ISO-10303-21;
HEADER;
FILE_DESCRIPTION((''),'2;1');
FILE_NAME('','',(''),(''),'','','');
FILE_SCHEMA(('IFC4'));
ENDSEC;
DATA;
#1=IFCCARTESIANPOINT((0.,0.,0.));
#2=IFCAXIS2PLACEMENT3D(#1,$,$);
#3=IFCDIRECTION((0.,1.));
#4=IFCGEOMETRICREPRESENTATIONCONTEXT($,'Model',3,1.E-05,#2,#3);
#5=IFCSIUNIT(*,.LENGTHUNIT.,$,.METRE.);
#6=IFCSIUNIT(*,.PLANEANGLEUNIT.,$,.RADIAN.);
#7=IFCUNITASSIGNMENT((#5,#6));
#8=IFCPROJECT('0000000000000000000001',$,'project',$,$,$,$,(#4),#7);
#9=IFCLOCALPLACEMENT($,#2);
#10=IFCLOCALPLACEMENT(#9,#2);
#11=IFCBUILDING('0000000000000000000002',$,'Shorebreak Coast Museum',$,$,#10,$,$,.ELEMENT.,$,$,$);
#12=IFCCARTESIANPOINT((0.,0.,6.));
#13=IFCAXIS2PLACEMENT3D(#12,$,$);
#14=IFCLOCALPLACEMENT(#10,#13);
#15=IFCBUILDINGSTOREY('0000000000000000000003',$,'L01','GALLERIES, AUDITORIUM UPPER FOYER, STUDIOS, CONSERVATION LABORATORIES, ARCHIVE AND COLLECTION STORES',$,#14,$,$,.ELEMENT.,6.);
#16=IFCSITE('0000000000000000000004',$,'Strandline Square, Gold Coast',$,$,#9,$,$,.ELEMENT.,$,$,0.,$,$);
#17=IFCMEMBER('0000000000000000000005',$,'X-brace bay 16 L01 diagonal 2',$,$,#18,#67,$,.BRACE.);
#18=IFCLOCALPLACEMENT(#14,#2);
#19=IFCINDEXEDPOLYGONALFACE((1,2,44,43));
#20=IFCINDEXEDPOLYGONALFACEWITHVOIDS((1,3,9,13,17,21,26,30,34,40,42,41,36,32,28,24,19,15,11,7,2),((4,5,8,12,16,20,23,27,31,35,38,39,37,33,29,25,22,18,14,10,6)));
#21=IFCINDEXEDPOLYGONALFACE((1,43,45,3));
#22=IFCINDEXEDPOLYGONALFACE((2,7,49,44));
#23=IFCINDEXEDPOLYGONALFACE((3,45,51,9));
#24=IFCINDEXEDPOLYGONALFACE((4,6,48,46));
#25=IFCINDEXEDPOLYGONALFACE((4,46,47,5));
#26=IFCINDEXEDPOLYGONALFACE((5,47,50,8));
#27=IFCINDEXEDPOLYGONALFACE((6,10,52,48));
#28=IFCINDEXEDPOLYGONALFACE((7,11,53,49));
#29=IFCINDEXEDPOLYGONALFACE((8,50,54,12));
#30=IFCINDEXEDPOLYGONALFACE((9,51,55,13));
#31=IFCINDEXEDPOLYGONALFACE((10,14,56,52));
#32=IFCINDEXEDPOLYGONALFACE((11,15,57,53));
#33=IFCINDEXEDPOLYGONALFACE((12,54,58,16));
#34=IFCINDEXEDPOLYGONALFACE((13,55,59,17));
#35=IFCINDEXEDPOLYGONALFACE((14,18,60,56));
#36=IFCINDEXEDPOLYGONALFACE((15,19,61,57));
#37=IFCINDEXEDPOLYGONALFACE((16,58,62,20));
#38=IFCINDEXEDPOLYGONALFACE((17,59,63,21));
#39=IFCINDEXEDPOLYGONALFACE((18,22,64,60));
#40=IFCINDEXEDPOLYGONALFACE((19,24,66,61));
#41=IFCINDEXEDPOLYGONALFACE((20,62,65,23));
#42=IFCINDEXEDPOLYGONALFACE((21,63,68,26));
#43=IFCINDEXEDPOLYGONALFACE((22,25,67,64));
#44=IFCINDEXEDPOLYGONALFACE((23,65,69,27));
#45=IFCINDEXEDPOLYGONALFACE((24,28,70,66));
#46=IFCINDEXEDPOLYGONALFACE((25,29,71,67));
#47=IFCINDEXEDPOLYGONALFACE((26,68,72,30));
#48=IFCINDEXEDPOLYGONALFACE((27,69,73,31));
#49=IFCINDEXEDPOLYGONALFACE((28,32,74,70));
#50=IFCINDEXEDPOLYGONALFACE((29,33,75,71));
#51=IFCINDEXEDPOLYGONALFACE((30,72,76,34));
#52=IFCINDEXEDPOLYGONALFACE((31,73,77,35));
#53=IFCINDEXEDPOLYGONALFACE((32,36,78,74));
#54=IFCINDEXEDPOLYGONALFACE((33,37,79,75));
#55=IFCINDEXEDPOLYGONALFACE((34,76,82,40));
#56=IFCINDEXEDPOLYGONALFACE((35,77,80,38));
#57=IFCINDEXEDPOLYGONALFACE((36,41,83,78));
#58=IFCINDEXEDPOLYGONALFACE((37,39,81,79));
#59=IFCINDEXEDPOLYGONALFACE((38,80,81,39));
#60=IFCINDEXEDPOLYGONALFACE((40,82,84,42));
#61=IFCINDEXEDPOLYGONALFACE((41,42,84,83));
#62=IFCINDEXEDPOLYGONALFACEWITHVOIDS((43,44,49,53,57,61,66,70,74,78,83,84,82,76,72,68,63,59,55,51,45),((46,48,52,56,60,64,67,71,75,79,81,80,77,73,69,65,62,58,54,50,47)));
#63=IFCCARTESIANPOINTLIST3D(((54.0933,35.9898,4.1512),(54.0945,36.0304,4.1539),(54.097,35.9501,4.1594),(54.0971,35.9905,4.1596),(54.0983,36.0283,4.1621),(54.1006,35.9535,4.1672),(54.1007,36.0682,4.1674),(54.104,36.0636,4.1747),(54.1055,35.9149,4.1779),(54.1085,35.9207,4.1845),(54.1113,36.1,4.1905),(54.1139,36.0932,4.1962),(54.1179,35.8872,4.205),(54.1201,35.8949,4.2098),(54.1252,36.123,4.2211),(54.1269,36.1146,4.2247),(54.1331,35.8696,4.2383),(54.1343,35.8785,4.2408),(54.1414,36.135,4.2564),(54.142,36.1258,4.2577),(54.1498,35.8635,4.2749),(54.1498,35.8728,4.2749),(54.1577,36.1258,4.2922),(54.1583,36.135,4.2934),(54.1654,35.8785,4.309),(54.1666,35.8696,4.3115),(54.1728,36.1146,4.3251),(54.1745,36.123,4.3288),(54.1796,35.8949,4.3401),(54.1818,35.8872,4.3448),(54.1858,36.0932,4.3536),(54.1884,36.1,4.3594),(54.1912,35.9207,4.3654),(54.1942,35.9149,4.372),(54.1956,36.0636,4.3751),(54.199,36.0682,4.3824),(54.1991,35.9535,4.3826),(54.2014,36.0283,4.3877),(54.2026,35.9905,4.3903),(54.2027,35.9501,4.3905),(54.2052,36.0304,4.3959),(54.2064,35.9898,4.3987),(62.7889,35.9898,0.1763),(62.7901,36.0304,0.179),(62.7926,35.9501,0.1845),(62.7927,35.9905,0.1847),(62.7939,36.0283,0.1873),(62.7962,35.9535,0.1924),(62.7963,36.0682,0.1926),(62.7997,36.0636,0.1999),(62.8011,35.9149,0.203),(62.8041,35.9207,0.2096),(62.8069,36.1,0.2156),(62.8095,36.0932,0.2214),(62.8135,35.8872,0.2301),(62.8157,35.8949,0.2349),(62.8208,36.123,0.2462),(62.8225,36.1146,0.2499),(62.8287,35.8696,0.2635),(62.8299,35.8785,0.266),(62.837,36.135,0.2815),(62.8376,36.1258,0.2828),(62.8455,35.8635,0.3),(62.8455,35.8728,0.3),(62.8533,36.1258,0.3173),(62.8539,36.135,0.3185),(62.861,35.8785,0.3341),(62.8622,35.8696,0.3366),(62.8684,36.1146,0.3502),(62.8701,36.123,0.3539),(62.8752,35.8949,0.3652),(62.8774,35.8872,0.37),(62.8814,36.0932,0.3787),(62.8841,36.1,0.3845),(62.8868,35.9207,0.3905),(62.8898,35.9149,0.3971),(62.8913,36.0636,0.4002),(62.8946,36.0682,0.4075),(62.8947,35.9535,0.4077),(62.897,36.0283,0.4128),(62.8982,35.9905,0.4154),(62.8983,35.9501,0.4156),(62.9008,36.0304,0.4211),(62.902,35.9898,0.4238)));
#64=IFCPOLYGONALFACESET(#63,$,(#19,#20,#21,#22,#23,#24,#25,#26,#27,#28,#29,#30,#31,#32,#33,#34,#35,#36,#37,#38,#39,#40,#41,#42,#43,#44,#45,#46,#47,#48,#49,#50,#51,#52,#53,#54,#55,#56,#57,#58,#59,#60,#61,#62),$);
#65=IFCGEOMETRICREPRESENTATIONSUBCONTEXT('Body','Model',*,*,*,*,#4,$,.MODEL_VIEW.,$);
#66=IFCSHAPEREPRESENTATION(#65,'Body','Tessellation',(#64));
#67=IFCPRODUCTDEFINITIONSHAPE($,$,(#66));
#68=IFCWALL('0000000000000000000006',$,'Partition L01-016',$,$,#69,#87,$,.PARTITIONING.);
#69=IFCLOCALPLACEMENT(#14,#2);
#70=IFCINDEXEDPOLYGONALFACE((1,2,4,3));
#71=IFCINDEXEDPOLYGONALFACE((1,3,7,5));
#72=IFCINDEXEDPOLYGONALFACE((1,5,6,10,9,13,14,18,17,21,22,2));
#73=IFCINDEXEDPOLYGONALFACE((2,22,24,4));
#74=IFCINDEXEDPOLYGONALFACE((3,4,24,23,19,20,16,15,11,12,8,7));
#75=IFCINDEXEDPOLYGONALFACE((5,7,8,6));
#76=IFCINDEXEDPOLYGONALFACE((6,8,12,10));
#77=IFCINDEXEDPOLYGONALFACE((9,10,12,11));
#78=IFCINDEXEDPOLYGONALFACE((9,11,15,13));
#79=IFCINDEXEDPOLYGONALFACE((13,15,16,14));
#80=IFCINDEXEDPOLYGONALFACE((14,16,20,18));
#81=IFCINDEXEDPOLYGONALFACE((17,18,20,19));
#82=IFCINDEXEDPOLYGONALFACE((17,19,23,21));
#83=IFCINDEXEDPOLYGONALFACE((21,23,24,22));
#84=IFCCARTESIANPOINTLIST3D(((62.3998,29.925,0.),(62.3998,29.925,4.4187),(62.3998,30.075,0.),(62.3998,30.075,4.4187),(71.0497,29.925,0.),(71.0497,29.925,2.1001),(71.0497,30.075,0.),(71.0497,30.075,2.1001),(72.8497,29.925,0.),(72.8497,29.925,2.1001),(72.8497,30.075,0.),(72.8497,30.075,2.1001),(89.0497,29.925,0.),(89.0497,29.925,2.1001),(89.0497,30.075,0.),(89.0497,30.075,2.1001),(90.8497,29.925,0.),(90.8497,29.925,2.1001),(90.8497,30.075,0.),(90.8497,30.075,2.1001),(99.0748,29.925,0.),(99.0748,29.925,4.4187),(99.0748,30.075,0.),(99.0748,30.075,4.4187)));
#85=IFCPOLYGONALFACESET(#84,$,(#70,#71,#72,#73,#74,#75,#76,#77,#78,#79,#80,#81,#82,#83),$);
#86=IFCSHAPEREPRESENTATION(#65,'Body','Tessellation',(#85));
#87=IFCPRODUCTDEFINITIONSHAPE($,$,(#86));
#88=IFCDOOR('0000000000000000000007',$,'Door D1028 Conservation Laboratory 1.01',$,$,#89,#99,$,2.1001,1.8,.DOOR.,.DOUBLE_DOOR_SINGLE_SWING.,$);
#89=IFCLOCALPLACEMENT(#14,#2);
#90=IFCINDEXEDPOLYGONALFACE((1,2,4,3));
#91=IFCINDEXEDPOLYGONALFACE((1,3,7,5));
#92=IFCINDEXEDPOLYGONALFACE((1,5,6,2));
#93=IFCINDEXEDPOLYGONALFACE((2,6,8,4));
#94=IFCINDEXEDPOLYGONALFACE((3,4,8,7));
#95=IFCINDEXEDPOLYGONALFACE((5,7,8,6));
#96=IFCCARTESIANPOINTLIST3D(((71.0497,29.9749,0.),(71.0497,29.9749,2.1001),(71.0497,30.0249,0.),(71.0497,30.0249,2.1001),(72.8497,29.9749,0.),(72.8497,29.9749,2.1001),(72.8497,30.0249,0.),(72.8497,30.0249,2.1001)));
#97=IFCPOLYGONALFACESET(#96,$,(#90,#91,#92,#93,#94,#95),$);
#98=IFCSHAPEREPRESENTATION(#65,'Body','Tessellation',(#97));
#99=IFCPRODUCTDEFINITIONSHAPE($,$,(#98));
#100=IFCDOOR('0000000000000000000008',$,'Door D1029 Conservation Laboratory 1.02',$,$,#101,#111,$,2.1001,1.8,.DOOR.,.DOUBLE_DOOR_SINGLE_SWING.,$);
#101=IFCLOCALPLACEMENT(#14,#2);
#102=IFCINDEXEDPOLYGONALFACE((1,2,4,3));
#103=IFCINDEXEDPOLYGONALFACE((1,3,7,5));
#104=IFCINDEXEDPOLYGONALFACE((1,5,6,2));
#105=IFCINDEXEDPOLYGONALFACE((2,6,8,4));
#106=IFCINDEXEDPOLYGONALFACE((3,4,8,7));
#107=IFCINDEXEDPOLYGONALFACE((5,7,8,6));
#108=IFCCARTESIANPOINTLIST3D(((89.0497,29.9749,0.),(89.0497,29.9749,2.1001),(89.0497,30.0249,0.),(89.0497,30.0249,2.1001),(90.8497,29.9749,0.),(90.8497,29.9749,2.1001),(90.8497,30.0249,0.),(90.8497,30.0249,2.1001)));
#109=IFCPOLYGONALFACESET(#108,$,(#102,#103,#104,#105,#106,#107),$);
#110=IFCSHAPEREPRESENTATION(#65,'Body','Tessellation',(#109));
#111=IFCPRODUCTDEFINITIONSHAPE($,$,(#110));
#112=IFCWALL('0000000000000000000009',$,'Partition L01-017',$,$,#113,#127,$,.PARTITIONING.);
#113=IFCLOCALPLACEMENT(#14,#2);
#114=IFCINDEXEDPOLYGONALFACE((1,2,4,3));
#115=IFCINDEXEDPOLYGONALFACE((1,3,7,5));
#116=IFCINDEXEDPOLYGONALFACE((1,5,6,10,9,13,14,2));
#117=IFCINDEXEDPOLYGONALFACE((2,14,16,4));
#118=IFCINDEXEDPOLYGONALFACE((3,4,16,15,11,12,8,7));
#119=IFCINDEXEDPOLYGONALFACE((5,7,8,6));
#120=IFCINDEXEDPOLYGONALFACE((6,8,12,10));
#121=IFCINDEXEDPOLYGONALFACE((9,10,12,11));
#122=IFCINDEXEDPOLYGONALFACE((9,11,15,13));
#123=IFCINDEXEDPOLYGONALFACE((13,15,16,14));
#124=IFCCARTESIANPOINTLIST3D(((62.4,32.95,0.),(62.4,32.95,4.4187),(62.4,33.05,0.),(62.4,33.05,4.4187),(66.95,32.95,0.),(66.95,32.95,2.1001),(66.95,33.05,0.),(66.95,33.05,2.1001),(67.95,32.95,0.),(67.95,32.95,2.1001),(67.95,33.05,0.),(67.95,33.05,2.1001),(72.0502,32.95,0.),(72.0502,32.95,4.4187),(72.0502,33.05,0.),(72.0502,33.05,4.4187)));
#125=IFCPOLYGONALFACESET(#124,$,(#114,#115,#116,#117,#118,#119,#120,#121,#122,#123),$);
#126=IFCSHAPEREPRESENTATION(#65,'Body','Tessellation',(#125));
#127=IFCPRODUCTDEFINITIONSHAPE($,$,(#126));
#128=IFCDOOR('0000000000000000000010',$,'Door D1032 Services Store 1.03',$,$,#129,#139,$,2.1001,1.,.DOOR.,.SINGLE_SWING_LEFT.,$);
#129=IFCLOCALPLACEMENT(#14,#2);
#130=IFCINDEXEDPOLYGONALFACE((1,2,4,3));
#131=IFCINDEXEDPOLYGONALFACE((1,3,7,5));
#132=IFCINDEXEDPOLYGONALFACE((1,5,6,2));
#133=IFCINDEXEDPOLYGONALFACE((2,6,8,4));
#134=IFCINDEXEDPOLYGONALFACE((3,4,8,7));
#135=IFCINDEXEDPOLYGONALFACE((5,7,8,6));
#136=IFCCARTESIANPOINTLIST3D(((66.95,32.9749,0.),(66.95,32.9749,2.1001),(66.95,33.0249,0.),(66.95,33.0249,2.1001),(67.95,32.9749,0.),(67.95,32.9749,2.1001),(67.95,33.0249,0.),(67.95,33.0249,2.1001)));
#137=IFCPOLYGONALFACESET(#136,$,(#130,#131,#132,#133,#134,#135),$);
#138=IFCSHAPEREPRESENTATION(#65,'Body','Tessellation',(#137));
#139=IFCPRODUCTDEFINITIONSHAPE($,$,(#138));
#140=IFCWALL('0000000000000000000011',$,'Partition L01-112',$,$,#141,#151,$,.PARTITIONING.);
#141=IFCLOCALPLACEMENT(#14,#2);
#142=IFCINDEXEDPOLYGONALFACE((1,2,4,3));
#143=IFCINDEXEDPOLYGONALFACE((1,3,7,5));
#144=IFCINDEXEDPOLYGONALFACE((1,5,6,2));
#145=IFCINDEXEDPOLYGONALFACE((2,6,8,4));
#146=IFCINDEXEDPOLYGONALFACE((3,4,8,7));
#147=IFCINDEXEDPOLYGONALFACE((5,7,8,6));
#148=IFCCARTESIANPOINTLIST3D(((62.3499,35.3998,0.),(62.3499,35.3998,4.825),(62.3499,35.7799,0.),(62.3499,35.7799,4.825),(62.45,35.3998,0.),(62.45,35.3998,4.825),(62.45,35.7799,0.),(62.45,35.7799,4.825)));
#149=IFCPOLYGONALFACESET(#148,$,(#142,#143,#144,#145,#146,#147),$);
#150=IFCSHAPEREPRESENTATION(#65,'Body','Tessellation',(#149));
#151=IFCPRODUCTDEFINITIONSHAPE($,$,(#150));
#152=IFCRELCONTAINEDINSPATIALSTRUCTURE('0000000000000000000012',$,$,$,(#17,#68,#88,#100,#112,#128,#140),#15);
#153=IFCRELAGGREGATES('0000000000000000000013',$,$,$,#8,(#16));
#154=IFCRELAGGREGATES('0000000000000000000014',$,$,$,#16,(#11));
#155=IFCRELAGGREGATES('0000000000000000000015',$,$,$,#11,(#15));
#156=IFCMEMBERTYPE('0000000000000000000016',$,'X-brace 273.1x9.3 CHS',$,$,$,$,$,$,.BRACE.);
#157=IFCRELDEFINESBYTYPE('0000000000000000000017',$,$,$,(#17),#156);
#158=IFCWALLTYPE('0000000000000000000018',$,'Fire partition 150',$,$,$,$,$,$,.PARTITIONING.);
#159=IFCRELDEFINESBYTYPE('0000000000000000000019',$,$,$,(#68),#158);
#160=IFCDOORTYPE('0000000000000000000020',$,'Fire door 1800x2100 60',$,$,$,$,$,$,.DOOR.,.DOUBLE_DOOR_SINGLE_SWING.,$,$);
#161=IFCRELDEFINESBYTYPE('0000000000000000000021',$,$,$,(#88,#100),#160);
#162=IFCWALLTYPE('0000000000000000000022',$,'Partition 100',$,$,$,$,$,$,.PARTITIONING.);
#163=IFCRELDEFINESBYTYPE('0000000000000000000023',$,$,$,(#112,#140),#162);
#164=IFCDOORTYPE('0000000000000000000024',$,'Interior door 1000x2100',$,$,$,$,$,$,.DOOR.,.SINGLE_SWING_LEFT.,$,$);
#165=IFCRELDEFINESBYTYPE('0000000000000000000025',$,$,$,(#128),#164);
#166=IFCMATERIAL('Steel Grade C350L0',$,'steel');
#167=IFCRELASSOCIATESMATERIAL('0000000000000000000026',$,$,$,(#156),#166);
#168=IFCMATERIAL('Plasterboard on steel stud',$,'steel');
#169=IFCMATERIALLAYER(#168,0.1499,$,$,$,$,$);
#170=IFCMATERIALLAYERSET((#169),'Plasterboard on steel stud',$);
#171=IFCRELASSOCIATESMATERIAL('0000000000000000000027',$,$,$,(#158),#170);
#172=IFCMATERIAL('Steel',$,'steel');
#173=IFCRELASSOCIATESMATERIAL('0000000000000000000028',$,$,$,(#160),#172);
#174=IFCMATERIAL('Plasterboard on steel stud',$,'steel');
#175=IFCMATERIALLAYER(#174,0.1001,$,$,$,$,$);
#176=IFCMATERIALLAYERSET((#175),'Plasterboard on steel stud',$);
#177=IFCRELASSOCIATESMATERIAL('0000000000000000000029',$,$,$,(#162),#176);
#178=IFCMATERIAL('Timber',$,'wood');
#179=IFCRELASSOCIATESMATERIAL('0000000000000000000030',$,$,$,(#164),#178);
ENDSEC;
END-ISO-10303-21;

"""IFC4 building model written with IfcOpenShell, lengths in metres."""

from ifc_helpers import new_model, si_unit, direction, frame, frame_2d, origin, origin_2d, place, context, subcontext, project, spatial, rectangle, hollow_circle, extrude, material, layer, layer_set, material_profile, profile_set, type_object, element, fill, save


model = new_model("IFC4")

# Units and contexts
model_context = context("Model", 3, precision=1e-05, world=origin(), true_north=direction((0.0, 1.0)))
body_context = subcontext(model_context, "Body", "Model", "MODEL_VIEW")
ifc_project = project(units=[si_unit("LENGTHUNIT", "METRE"), si_unit("PLANEANGLEUNIT", "RADIAN")], contexts=[model_context])

# Site, building, storey
site_placement = place(None, origin())
site = spatial("IfcSite", under=ifc_project, at=site_placement, Name="Strandline Square, Gold Coast", CompositionType="ELEMENT", RefElevation=0.0)
building_placement = place(site_placement, origin())
building = spatial("IfcBuilding", under=site, at=building_placement, Name="Shorebreak Coast Museum", CompositionType="ELEMENT")
storey_placement = place(building_placement, frame((0.0, 0.0, 6.0)))
storey = spatial("IfcBuildingStorey", under=building, at=storey_placement, Name="L01", Description="GALLERIES, AUDITORIUM UPPER FOYER, STUDIOS, CONSERVATION LABORATORIES, ARCHIVE AND COLLECTION STORES", CompositionType="ELEMENT", Elevation=6.0)

# Member
ifc_material_1 = material(Name="Steel Grade C350L0", Category="steel")
ifc_material_profile = material_profile(ifc_material_1, hollow_circle(Radius=0.1365, WallThickness=0.0093, at=origin_2d()), Name="273.1x9.3 CHS")
ifc_profile_set = profile_set([ifc_material_profile], Name="Steel Grade C350L0")
member_type = type_object("IfcMemberType", Name="X-brace 273.1x9.3 CHS", PredefinedType="BRACE", material=ifc_profile_set)
member_placement = place(storey_placement, frame((62.8455, 36.0, 0.3), z_axis=(-0.909485, 0.0, 0.415737), x_axis=(0.0, -1.0, 0.0)))
element("IfcMember", 1, at=member_placement, inside=storey, type_object=member_type, Name="X-brace bay 16 L01 diagonal 2", PredefinedType="BRACE", context=body_context, shape_type="SweptSolid", body=[
    extrude(hollow_circle(Radius=0.1365, WallThickness=0.0093, at=origin_2d()), origin(), (0.0, 0.0, 1.0), 9.561),
])

# Wall, openings, doors
ifc_material_2 = material(Name="Plasterboard on steel stud", Category="steel")
ifc_layer_1 = layer(ifc_material_2, 0.1499)
ifc_layer_set_1 = layer_set([ifc_layer_1], Name="Plasterboard on steel stud")
wall_type_1 = type_object("IfcWallType", Name="Fire partition 150", PredefinedType="PARTITIONING", material=ifc_layer_set_1)
wall_1_placement = place(storey_placement, frame((62.3999, 30.0, 0.0), z_axis=(0.0, 0.0, 1.0), x_axis=(1.0, 0.0, 0.0)))
wall_1 = element("IfcWall", 2, at=wall_1_placement, inside=storey, type_object=wall_type_1, Name="Partition L01-016", PredefinedType="PARTITIONING", context=body_context, shape_type="SweptSolid", body=[
    extrude(rectangle(XDim=36.675, YDim=0.1499, at=frame_2d((18.3374, 0.0))), origin(), (0.0, 0.0, 1.0), 4.4187),
])
opening_1_placement = place(wall_1_placement, frame((8.6499, 0.0, 0.0)))
opening_1 = element("IfcOpeningElement", 3, at=opening_1_placement, cuts=wall_1, PredefinedType="OPENING", context=body_context, shape_type="SweptSolid", body=[
    extrude(rectangle(XDim=1.8, YDim=2.1001, at=frame_2d((0.8999, 1.05))), frame((0.0, 0.085, 0.0), z_axis=(0.0, -1.0, 0.0), x_axis=(1.0, 0.0, 0.0)), (0.0, 0.0, 1.0), 0.1699),
])
opening_2_placement = place(wall_1_placement, frame((26.6499, 0.0, 0.0)))
opening_2 = element("IfcOpeningElement", 4, at=opening_2_placement, cuts=wall_1, PredefinedType="OPENING", context=body_context, shape_type="SweptSolid", body=[
    extrude(rectangle(XDim=1.8, YDim=2.1001, at=frame_2d((0.8999, 1.05))), frame((0.0, 0.085, 0.0), z_axis=(0.0, -1.0, 0.0), x_axis=(1.0, 0.0, 0.0)), (0.0, 0.0, 1.0), 0.1699),
])
ifc_material_3 = material(Name="Steel", Category="steel")
door_type_1 = type_object("IfcDoorType", Name="Fire door 1800x2100 60", OperationType="DOUBLE_DOOR_SINGLE_SWING", PredefinedType="DOOR", material=ifc_material_3)
door_1_placement = place(opening_1_placement, origin())
door_1 = element("IfcDoor", 5, at=door_1_placement, inside=storey, type_object=door_type_1, Name="Door D1028 Conservation Laboratory 1.01", OperationType="DOUBLE_DOOR_SINGLE_SWING", OverallHeight=2.1001, OverallWidth=1.8, PredefinedType="DOOR", context=body_context, shape_type="SweptSolid", body=[
    extrude(rectangle(XDim=1.8, YDim=2.1001, at=frame_2d((0.8999, 1.05))), frame((0.0, 0.0249, 0.0), z_axis=(0.0, -1.0, 0.0), x_axis=(1.0, 0.0, 0.0)), (0.0, 0.0, 1.0), 0.05),
])
fill(opening_1, door_1)
door_2_placement = place(opening_2_placement, origin())
door_2 = element("IfcDoor", 6, at=door_2_placement, inside=storey, type_object=door_type_1, Name="Door D1029 Conservation Laboratory 1.02", OperationType="DOUBLE_DOOR_SINGLE_SWING", OverallHeight=2.1001, OverallWidth=1.8, PredefinedType="DOOR", context=body_context, shape_type="SweptSolid", body=[
    extrude(rectangle(XDim=1.8, YDim=2.1001, at=frame_2d((0.8999, 1.05))), frame((0.0, 0.0249, 0.0), z_axis=(0.0, -1.0, 0.0), x_axis=(1.0, 0.0, 0.0)), (0.0, 0.0, 1.0), 0.05),
])
fill(opening_2, door_2)

# Wall, opening, door
ifc_material_4 = material(Name="Plasterboard on steel stud", Category="steel")
ifc_layer_2 = layer(ifc_material_4, 0.1001)
ifc_layer_set_2 = layer_set([ifc_layer_2], Name="Plasterboard on steel stud")
wall_type_2 = type_object("IfcWallType", Name="Partition 100", PredefinedType="PARTITIONING", material=ifc_layer_set_2)
wall_2_placement = place(storey_placement, frame((62.3999, 33.0, 0.0), z_axis=(0.0, 0.0, 1.0), x_axis=(1.0, 0.0, 0.0)))
wall_2 = element("IfcWall", 7, at=wall_2_placement, inside=storey, type_object=wall_type_2, Name="Partition L01-017", PredefinedType="PARTITIONING", context=body_context, shape_type="SweptSolid", body=[
    extrude(rectangle(XDim=9.6501, YDim=0.1001, at=frame_2d((4.8252, 0.0))), origin(), (0.0, 0.0, 1.0), 4.4187),
])
opening_3_placement = place(wall_2_placement, frame((4.55, 0.0, 0.0)))
opening_3 = element("IfcOpeningElement", 8, at=opening_3_placement, cuts=wall_2, PredefinedType="OPENING", context=body_context, shape_type="SweptSolid", body=[
    extrude(rectangle(XDim=1.0, YDim=2.1001, at=frame_2d((0.5, 1.05))), frame((0.0, 0.0601, 0.0), z_axis=(0.0, -1.0, 0.0), x_axis=(1.0, 0.0, 0.0)), (0.0, 0.0, 1.0), 0.1201),
])
ifc_material_5 = material(Name="Timber", Category="wood")
door_type_2 = type_object("IfcDoorType", Name="Interior door 1000x2100", OperationType="SINGLE_SWING_LEFT", PredefinedType="DOOR", material=ifc_material_5)
door_3_placement = place(opening_3_placement, origin())
door_3 = element("IfcDoor", 9, at=door_3_placement, inside=storey, type_object=door_type_2, Name="Door D1032 Services Store 1.03", OperationType="SINGLE_SWING_LEFT", OverallHeight=2.1001, OverallWidth=1.0, PredefinedType="DOOR", context=body_context, shape_type="SweptSolid", body=[
    extrude(rectangle(XDim=1.0, YDim=2.1001, at=frame_2d((0.5, 1.05))), frame((0.0, 0.0249, 0.0), z_axis=(0.0, -1.0, 0.0), x_axis=(1.0, 0.0, 0.0)), (0.0, 0.0, 1.0), 0.05),
])
fill(opening_3, door_3)

# Wall
wall_3_placement = place(storey_placement, frame((62.3999, 35.3999, 0.0), z_axis=(0.0, 0.0, 1.0), x_axis=(0.0, 1.0, 0.0)))
element("IfcWall", 10, at=wall_3_placement, inside=storey, type_object=wall_type_2, Name="Partition L01-112", PredefinedType="PARTITIONING", context=body_context, shape_type="SweptSolid", body=[
    extrude(rectangle(XDim=0.3801, YDim=0.1001, at=frame_2d((0.1899, 0.0))), origin(), (0.0, 0.0, 1.0), 4.825),
])

save(model, "model.ifc")
